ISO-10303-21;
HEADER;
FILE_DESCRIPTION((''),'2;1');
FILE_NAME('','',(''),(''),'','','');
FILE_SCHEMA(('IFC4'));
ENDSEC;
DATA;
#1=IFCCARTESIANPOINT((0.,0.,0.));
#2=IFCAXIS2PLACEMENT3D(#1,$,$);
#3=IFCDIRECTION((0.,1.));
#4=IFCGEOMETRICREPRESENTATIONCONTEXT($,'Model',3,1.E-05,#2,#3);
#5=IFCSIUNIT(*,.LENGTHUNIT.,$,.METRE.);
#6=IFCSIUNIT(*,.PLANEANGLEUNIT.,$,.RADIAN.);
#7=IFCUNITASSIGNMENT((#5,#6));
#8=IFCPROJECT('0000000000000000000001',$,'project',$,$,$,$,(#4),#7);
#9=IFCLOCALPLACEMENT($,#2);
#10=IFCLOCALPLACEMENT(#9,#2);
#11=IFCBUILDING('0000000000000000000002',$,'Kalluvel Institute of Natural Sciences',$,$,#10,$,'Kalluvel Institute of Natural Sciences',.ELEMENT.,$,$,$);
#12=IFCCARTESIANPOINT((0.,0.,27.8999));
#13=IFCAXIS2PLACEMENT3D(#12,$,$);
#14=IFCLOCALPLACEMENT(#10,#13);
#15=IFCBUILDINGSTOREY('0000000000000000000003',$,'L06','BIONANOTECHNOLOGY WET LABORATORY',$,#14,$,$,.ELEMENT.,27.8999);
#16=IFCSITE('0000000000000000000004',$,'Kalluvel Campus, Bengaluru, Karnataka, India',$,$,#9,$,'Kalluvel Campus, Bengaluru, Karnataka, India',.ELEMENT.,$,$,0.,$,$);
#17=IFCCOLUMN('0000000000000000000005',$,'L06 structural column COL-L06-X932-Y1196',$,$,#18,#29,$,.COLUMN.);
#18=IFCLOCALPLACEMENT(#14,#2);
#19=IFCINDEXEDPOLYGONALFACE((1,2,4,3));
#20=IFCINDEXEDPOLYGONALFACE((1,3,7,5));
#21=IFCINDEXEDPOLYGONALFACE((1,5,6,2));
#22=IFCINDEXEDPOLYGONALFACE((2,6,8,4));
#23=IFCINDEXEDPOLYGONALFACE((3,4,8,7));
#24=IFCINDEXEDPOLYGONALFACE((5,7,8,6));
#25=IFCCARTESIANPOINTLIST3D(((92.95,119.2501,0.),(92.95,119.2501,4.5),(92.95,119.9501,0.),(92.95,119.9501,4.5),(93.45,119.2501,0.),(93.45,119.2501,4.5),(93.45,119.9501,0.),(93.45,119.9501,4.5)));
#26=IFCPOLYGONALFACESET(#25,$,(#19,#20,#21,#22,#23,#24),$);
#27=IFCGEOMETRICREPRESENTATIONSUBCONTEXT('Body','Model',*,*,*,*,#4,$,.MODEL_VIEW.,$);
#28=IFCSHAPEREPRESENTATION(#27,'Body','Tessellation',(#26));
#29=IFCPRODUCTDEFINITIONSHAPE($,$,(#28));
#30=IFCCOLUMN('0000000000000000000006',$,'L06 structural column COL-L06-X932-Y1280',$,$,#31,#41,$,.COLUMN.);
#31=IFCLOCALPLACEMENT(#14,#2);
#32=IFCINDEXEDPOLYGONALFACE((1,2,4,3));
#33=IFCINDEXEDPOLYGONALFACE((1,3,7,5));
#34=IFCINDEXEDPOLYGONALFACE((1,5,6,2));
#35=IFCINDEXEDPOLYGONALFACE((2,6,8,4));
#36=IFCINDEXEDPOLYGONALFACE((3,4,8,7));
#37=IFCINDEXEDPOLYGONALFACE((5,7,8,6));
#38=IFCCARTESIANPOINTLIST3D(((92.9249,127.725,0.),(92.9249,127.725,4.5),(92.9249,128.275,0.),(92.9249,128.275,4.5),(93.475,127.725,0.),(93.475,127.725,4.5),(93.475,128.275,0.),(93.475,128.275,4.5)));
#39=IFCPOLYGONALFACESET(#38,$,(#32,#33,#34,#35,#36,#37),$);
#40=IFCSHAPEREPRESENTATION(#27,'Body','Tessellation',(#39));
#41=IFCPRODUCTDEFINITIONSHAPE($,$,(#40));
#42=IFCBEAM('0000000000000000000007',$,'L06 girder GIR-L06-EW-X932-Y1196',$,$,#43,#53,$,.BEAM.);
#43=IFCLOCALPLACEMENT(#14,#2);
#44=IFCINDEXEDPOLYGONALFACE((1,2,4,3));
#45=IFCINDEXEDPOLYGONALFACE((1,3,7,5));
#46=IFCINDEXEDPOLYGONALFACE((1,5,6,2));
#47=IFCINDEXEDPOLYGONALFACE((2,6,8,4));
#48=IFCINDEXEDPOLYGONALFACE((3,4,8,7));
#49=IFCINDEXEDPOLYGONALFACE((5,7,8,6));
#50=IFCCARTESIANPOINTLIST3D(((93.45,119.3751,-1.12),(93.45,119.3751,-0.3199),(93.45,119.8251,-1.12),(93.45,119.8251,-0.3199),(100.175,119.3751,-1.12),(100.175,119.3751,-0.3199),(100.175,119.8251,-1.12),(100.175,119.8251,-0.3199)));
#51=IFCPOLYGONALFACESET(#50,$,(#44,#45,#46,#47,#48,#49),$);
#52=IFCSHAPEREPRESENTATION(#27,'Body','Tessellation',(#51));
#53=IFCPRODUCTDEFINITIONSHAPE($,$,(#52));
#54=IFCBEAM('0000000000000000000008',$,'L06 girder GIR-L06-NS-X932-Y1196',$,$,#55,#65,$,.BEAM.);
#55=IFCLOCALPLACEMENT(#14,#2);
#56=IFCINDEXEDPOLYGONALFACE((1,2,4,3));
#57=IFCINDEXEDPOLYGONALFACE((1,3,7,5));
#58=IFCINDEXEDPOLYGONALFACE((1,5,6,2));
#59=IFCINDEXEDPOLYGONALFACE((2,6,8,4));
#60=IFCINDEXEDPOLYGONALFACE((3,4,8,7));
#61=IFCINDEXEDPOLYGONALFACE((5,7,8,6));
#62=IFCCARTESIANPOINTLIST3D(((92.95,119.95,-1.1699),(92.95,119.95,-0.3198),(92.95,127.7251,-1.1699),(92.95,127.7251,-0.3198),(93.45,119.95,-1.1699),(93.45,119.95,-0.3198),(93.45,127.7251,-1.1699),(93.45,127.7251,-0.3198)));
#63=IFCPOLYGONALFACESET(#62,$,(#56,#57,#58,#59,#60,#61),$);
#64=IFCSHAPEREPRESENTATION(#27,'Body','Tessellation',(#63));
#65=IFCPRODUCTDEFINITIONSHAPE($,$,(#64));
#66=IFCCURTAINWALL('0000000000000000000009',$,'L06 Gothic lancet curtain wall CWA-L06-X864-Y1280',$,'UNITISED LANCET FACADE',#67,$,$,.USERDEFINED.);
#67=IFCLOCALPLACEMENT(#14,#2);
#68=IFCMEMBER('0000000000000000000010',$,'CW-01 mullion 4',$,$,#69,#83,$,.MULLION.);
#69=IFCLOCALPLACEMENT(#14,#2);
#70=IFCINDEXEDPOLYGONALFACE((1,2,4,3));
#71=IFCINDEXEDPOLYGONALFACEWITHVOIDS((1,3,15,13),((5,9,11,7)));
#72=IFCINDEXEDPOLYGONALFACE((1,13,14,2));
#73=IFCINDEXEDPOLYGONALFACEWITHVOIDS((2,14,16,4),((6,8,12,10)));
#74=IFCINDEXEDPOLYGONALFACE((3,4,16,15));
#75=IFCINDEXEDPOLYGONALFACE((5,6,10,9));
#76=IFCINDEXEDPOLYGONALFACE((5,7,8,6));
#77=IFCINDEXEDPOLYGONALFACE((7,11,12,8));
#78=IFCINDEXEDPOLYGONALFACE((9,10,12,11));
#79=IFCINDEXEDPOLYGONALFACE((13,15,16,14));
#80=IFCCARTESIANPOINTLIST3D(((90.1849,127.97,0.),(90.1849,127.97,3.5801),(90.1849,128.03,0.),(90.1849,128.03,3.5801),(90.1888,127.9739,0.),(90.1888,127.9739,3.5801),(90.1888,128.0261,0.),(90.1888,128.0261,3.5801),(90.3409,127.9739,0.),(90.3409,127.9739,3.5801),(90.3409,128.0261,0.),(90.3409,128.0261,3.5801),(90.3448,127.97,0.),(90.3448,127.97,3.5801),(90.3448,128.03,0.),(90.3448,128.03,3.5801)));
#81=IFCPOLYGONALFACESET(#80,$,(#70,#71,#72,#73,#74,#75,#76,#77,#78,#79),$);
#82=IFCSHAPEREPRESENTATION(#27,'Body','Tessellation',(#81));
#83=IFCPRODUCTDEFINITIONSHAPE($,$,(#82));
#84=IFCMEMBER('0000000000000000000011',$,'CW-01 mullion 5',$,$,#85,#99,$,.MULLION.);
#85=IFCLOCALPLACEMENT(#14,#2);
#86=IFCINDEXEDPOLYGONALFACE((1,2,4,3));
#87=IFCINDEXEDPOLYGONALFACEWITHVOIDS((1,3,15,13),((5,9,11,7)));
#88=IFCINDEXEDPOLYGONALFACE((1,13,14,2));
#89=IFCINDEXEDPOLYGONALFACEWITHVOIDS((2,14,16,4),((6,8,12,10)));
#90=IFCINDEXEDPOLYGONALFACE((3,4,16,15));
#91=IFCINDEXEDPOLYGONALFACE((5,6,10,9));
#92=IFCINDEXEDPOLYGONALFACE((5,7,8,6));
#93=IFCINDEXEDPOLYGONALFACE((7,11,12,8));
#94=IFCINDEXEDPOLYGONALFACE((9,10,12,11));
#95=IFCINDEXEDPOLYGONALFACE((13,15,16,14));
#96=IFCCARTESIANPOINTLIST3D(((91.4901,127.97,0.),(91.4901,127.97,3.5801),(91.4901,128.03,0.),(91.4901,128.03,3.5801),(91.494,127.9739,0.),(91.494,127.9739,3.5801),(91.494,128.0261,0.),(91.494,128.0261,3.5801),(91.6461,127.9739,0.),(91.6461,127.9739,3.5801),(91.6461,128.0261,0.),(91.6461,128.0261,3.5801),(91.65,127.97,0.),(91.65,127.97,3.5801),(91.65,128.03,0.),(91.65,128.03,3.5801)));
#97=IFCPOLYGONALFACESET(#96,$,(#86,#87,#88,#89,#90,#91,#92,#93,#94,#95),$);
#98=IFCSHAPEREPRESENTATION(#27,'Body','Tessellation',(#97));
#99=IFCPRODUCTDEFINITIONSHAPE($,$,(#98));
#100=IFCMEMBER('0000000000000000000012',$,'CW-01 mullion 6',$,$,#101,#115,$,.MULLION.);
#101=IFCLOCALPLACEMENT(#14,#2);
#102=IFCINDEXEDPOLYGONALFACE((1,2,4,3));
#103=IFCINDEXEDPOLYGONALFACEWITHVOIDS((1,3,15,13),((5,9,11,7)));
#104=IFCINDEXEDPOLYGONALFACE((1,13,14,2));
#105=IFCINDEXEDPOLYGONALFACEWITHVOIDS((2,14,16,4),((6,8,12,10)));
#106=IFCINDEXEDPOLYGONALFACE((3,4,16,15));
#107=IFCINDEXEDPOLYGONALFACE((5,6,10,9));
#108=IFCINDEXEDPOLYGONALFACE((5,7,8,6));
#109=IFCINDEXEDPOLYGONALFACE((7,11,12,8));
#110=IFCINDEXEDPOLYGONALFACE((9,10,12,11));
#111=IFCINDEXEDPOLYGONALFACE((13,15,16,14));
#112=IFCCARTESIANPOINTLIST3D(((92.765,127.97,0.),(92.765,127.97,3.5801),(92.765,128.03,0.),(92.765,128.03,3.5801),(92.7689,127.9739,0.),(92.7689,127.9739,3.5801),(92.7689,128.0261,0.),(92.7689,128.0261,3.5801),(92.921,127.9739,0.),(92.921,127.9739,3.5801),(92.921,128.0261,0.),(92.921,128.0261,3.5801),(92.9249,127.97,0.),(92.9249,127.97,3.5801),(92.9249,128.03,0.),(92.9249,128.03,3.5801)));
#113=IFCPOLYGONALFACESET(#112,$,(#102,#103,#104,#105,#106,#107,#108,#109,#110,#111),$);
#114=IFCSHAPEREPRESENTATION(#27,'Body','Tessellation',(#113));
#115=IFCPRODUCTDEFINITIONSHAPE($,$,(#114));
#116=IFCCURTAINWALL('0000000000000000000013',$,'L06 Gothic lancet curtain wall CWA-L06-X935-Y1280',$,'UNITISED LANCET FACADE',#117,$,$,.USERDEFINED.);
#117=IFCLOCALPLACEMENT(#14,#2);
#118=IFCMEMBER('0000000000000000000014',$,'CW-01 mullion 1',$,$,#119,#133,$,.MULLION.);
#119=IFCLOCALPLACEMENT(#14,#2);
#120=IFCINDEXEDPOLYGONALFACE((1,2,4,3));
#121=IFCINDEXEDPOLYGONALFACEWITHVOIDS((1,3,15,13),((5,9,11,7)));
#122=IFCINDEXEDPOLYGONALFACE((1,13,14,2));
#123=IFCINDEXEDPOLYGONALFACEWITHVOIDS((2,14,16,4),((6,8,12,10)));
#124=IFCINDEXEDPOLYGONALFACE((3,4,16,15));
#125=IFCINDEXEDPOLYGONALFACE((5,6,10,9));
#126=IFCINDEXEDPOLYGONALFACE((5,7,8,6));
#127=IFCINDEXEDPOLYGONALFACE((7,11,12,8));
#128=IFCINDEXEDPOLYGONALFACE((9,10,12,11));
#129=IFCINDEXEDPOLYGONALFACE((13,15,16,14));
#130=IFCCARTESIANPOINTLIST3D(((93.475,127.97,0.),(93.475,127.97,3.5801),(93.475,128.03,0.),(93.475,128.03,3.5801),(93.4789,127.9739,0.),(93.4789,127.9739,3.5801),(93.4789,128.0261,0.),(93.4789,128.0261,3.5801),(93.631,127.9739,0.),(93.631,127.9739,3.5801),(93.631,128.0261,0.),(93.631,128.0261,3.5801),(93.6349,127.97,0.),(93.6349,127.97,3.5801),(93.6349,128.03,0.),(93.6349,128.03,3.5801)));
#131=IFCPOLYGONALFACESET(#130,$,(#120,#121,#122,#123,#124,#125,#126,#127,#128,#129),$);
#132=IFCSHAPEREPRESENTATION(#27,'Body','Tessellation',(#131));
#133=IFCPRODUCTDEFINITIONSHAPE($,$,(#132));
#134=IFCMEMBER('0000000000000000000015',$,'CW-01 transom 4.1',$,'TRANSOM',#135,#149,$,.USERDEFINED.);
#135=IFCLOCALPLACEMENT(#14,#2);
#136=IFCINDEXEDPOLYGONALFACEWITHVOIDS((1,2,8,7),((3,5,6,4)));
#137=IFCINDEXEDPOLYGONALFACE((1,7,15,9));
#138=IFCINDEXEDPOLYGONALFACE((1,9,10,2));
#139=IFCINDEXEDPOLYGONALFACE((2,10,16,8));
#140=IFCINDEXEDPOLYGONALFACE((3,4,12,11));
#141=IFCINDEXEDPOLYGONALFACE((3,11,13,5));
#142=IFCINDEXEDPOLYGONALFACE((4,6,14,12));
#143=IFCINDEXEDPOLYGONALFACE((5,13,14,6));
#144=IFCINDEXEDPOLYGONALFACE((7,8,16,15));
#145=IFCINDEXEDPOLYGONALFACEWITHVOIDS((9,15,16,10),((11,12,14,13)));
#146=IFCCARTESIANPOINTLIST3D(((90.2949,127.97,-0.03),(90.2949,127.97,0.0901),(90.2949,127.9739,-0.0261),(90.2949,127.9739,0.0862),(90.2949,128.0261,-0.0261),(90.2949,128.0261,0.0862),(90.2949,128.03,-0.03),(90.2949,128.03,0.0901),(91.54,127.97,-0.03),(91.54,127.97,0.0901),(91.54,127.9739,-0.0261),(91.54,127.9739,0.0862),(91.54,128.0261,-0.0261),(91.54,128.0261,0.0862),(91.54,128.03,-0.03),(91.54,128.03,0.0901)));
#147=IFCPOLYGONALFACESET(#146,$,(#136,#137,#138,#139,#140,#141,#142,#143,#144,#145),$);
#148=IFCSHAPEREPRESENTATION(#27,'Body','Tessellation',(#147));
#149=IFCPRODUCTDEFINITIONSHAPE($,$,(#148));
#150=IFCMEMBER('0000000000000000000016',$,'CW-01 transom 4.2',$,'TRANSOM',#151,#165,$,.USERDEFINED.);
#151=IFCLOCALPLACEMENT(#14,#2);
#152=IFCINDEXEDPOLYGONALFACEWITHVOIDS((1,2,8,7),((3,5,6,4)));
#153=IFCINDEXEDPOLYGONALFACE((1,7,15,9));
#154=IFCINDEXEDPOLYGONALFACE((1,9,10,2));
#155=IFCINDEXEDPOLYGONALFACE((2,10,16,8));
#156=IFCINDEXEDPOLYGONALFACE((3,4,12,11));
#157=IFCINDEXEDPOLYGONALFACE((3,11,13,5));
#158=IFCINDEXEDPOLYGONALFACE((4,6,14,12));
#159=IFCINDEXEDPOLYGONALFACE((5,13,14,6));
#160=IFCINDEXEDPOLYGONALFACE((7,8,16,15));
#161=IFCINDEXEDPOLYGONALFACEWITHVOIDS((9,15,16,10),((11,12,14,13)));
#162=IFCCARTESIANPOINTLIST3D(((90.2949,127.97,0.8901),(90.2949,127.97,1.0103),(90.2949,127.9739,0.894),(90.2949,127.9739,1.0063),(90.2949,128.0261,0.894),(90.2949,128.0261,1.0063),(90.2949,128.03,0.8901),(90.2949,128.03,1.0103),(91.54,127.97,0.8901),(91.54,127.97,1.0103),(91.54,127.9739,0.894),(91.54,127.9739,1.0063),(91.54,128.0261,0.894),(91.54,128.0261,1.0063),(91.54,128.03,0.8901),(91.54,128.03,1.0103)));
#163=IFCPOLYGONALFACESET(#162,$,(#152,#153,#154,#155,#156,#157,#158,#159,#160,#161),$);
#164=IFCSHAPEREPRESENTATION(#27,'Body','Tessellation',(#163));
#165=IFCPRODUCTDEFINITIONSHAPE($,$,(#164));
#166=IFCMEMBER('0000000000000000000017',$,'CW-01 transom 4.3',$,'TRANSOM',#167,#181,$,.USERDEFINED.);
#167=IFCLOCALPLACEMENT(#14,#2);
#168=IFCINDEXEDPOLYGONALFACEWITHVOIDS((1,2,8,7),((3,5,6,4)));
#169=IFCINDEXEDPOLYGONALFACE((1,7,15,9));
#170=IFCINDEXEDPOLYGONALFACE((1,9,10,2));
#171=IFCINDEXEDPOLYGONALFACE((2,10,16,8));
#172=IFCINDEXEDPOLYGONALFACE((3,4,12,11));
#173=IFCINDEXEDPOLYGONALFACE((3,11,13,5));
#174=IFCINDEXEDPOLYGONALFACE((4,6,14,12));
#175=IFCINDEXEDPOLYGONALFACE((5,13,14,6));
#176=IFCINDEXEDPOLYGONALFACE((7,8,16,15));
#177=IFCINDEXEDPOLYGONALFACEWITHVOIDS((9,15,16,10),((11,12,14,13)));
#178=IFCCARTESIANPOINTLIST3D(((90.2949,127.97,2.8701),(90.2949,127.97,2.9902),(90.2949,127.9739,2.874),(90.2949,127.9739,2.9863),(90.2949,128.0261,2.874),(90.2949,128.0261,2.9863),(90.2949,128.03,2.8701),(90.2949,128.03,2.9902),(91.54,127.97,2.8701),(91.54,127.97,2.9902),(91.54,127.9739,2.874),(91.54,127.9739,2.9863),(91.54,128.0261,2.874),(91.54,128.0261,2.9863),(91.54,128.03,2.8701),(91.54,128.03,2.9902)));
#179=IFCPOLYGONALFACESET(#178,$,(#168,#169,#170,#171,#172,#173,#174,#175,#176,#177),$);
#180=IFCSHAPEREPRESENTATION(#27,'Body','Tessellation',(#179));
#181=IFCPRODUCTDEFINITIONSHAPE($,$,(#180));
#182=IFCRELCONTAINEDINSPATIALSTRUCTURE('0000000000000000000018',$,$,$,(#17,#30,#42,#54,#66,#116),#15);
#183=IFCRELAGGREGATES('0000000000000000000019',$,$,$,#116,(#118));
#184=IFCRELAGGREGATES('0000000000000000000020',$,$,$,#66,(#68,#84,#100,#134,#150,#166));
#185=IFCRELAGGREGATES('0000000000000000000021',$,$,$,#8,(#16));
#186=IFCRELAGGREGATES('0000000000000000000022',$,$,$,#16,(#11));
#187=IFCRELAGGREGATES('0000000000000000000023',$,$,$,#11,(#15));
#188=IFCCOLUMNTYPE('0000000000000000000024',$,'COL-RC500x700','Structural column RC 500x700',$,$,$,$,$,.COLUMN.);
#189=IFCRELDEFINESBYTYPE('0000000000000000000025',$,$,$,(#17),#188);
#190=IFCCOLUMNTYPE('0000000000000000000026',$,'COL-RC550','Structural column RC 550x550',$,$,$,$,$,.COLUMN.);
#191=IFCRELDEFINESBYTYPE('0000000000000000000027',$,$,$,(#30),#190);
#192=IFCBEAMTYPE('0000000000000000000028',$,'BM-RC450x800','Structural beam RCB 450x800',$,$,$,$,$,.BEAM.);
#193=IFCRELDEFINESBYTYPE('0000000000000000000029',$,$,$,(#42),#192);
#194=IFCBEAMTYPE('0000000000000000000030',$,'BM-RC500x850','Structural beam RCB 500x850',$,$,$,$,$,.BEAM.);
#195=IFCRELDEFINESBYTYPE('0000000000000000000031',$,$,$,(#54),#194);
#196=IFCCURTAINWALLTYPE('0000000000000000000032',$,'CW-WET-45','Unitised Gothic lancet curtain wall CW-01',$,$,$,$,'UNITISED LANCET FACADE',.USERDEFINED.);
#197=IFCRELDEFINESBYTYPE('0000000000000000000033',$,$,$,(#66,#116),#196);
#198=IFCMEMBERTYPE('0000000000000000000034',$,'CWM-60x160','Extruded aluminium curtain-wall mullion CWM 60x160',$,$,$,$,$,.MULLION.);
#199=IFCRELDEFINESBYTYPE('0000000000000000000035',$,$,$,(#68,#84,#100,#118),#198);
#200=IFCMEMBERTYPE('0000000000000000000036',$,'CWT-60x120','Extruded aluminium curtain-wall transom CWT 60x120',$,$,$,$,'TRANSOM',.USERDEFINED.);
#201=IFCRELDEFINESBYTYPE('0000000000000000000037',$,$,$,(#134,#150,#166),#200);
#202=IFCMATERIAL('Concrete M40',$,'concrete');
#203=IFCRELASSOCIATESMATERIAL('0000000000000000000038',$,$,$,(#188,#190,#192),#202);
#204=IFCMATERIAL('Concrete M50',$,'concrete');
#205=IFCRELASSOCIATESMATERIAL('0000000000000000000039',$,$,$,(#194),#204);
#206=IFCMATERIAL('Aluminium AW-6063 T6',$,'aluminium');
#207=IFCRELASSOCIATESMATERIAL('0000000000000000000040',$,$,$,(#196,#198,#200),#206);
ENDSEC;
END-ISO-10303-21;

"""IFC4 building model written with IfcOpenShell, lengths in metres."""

from ifc_helpers import new_model, si_unit, direction, frame, origin, origin_2d, place, context, subcontext, project, spatial, rectangle, hollow_rectangle, extrude, material, material_profile, profile_set, type_object, element, aggregate, save


model = new_model("IFC4")

# Units and contexts
model_context = context("Model", 3, precision=1e-05, world=origin(), true_north=direction((0.0, 1.0)))
body_context = subcontext(model_context, "Body", "Model", "MODEL_VIEW")
ifc_project = project(units=[si_unit("LENGTHUNIT", "METRE"), si_unit("PLANEANGLEUNIT", "RADIAN")], contexts=[model_context])

# Site, building, storey
site_placement = place(None, origin())
site = spatial("IfcSite", under=ifc_project, at=site_placement, Name="Kalluvel Campus, Bengaluru, Karnataka, India", LongName="Kalluvel Campus, Bengaluru, Karnataka, India", CompositionType="ELEMENT", RefElevation=0.0)
building_placement = place(site_placement, origin())
building = spatial("IfcBuilding", under=site, at=building_placement, Name="Kalluvel Institute of Natural Sciences", LongName="Kalluvel Institute of Natural Sciences", CompositionType="ELEMENT")
storey_placement = place(building_placement, frame((0.0, 0.0, 27.8999)))
storey = spatial("IfcBuildingStorey", under=building, at=storey_placement, Name="L06", Description="BIONANOTECHNOLOGY WET LABORATORY", CompositionType="ELEMENT", Elevation=27.8999)

# Columns
ifc_material_1 = material(Name="Concrete M40", Category="concrete")
ifc_material_profile_1 = material_profile(ifc_material_1, rectangle(XDim=0.5, YDim=0.7, at=origin_2d()), Name="RC 500x700")
ifc_profile_set_1 = profile_set([ifc_material_profile_1], Name="Concrete M40")
column_type_1 = type_object("IfcColumnType", Name="COL-RC500x700", Description="Structural column RC 500x700", PredefinedType="COLUMN", material=ifc_profile_set_1)
column_1_placement = place(storey_placement, frame((93.2, 119.6001, 0.0), z_axis=(0.0, 0.0, 1.0), x_axis=(1.0, 0.0, 0.0)))
element("IfcColumn", 1, at=column_1_placement, inside=storey, type_object=column_type_1, Name="L06 structural column COL-L06-X932-Y1196", PredefinedType="COLUMN", context=body_context, shape_type="SweptSolid", body=[
    extrude(rectangle(XDim=0.5, YDim=0.7, at=origin_2d()), origin(), (0.0, 0.0, 1.0), 4.5),
])
ifc_material_profile_2 = material_profile(ifc_material_1, rectangle(XDim=0.55, YDim=0.55, at=origin_2d()), Name="RC 550x550")
ifc_profile_set_2 = profile_set([ifc_material_profile_2], Name="Concrete M40")
column_type_2 = type_object("IfcColumnType", Name="COL-RC550", Description="Structural column RC 550x550", PredefinedType="COLUMN", material=ifc_profile_set_2)
column_2_placement = place(storey_placement, frame((93.2, 128.0, 0.0), z_axis=(0.0, 0.0, 1.0), x_axis=(1.0, 0.0, 0.0)))
element("IfcColumn", 2, at=column_2_placement, inside=storey, type_object=column_type_2, Name="L06 structural column COL-L06-X932-Y1280", PredefinedType="COLUMN", context=body_context, shape_type="SweptSolid", body=[
    extrude(rectangle(XDim=0.55, YDim=0.55, at=origin_2d()), origin(), (0.0, 0.0, 1.0), 4.5),
])

# Beams
ifc_material_profile_3 = material_profile(ifc_material_1, rectangle(XDim=0.45, YDim=0.8, at=origin_2d()), Name="RCB 450x800")
ifc_profile_set_3 = profile_set([ifc_material_profile_3], Name="Concrete M40")
beam_type_1 = type_object("IfcBeamType", Name="BM-RC450x800", Description="Structural beam RCB 450x800", PredefinedType="BEAM", material=ifc_profile_set_3)
beam_1_placement = place(storey_placement, frame((93.45, 119.6001, -0.72), z_axis=(1.0, 0.0, 0.0), x_axis=(0.0, 1.0, 0.0)))
element("IfcBeam", 3, at=beam_1_placement, inside=storey, type_object=beam_type_1, Name="L06 girder GIR-L06-EW-X932-Y1196", PredefinedType="BEAM", context=body_context, shape_type="SweptSolid", body=[
    extrude(rectangle(XDim=0.45, YDim=0.8, at=origin_2d()), origin(), (0.0, 0.0, 1.0), 6.7251),
])
ifc_material_2 = material(Name="Concrete M50", Category="concrete")
ifc_material_profile_4 = material_profile(ifc_material_2, rectangle(XDim=0.5, YDim=0.8501, at=origin_2d()), Name="RCB 500x850")
ifc_profile_set_4 = profile_set([ifc_material_profile_4], Name="Concrete M50")
beam_type_2 = type_object("IfcBeamType", Name="BM-RC500x850", Description="Structural beam RCB 500x850", PredefinedType="BEAM", material=ifc_profile_set_4)
beam_2_placement = place(storey_placement, frame((93.2, 119.95, -0.7449), z_axis=(0.0, 1.0, 0.0), x_axis=(-1.0, 0.0, 0.0)))
element("IfcBeam", 4, at=beam_2_placement, inside=storey, type_object=beam_type_2, Name="L06 girder GIR-L06-NS-X932-Y1196", PredefinedType="BEAM", context=body_context, shape_type="SweptSolid", body=[
    extrude(rectangle(XDim=0.5, YDim=0.8501, at=origin_2d()), origin(), (0.0, 0.0, 1.0), 7.7751),
])

# Curtain wall, members
ifc_material_3 = material(Name="Aluminium AW-6063 T6", Category="aluminium")
curtain_wall_type = type_object("IfcCurtainWallType", Name="CW-WET-45", Description="Unitised Gothic lancet curtain wall CW-01", ElementType="UNITISED LANCET FACADE", PredefinedType="USERDEFINED", material=ifc_material_3)
curtain_wall_1_placement = place(storey_placement, origin())
curtain_wall_1 = element("IfcCurtainWall", 5, at=curtain_wall_1_placement, inside=storey, type_object=curtain_wall_type, Name="L06 Gothic lancet curtain wall CWA-L06-X864-Y1280", ObjectType="UNITISED LANCET FACADE", PredefinedType="USERDEFINED")
ifc_material_profile_5 = material_profile(ifc_material_3, hollow_rectangle(XDim=0.0601, YDim=0.1599, WallThickness=0.0039, at=origin_2d()), Name="CWM 60x160")
ifc_profile_set_5 = profile_set([ifc_material_profile_5], Name="Aluminium AW-6063 T6")
member_type_1 = type_object("IfcMemberType", Name="CWM-60x160", Description="Extruded aluminium curtain-wall mullion CWM 60x160", PredefinedType="MULLION", material=ifc_profile_set_5)
member_1_placement = place(storey_placement, frame((90.2649, 128.0, 0.0), z_axis=(0.0, 0.0, 1.0), x_axis=(0.0, 1.0, 0.0)))
member_1 = element("IfcMember", 6, at=member_1_placement, type_object=member_type_1, Name="CW-01 mullion 4", PredefinedType="MULLION", context=body_context, shape_type="SweptSolid", body=[
    extrude(hollow_rectangle(XDim=0.0601, YDim=0.1599, WallThickness=0.0039, at=origin_2d()), origin(), (0.0, 0.0, 1.0), 3.5801),
])
member_2_placement = place(storey_placement, frame((91.5701, 128.0, 0.0), z_axis=(0.0, 0.0, 1.0), x_axis=(0.0, 1.0, 0.0)))
member_2 = element("IfcMember", 7, at=member_2_placement, type_object=member_type_1, Name="CW-01 mullion 5", PredefinedType="MULLION", context=body_context, shape_type="SweptSolid", body=[
    extrude(hollow_rectangle(XDim=0.0601, YDim=0.1599, WallThickness=0.0039, at=origin_2d()), origin(), (0.0, 0.0, 1.0), 3.5801),
])
member_3_placement = place(storey_placement, frame((92.845, 128.0, 0.0), z_axis=(0.0, 0.0, 1.0), x_axis=(0.0, 1.0, 0.0)))
member_3 = element("IfcMember", 8, at=member_3_placement, type_object=member_type_1, Name="CW-01 mullion 6", PredefinedType="MULLION", context=body_context, shape_type="SweptSolid", body=[
    extrude(hollow_rectangle(XDim=0.0601, YDim=0.1599, WallThickness=0.0039, at=origin_2d()), origin(), (0.0, 0.0, 1.0), 3.5801),
])

# Curtain wall, member
curtain_wall_2_placement = place(storey_placement, origin())
curtain_wall_2 = element("IfcCurtainWall", 9, at=curtain_wall_2_placement, inside=storey, type_object=curtain_wall_type, Name="L06 Gothic lancet curtain wall CWA-L06-X935-Y1280", ObjectType="UNITISED LANCET FACADE", PredefinedType="USERDEFINED")
member_4_placement = place(storey_placement, frame((93.5549, 128.0, 0.0), z_axis=(0.0, 0.0, 1.0), x_axis=(0.0, 1.0, 0.0)))
member_4 = element("IfcMember", 10, at=member_4_placement, type_object=member_type_1, Name="CW-01 mullion 1", PredefinedType="MULLION", context=body_context, shape_type="SweptSolid", body=[
    extrude(hollow_rectangle(XDim=0.0601, YDim=0.1599, WallThickness=0.0039, at=origin_2d()), origin(), (0.0, 0.0, 1.0), 3.5801),
])

# Members
ifc_material_profile_6 = material_profile(ifc_material_3, hollow_rectangle(XDim=0.0601, YDim=0.1201, WallThickness=0.0039, at=origin_2d()), Name="CWT 60x120")
ifc_profile_set_6 = profile_set([ifc_material_profile_6], Name="Aluminium AW-6063 T6")
member_type_2 = type_object("IfcMemberType", Name="CWT-60x120", Description="Extruded aluminium curtain-wall transom CWT 60x120", ElementType="TRANSOM", PredefinedType="USERDEFINED", material=ifc_profile_set_6)
member_5_placement = place(storey_placement, frame((90.2949, 128.0, 0.03), z_axis=(1.0, 0.0, 0.0), x_axis=(0.0, 1.0, 0.0)))
member_5 = element("IfcMember", 11, at=member_5_placement, type_object=member_type_2, Name="CW-01 transom 4.1", ObjectType="TRANSOM", PredefinedType="USERDEFINED", context=body_context, shape_type="SweptSolid", body=[
    extrude(hollow_rectangle(XDim=0.0601, YDim=0.1201, WallThickness=0.0039, at=origin_2d()), origin(), (0.0, 0.0, 1.0), 1.2451),
])
member_6_placement = place(storey_placement, frame((90.2949, 128.0, 0.9502), z_axis=(1.0, 0.0, 0.0), x_axis=(0.0, 1.0, 0.0)))
member_6 = element("IfcMember", 12, at=member_6_placement, type_object=member_type_2, Name="CW-01 transom 4.2", ObjectType="TRANSOM", PredefinedType="USERDEFINED", context=body_context, shape_type="SweptSolid", body=[
    extrude(hollow_rectangle(XDim=0.0601, YDim=0.1201, WallThickness=0.0039, at=origin_2d()), origin(), (0.0, 0.0, 1.0), 1.2451),
])
member_7_placement = place(storey_placement, frame((90.2949, 128.0, 2.9302), z_axis=(1.0, 0.0, 0.0), x_axis=(0.0, 1.0, 0.0)))
member_7 = element("IfcMember", 13, at=member_7_placement, type_object=member_type_2, Name="CW-01 transom 4.3", ObjectType="TRANSOM", PredefinedType="USERDEFINED", context=body_context, shape_type="SweptSolid", body=[
    extrude(hollow_rectangle(XDim=0.0601, YDim=0.1201, WallThickness=0.0039, at=origin_2d()), origin(), (0.0, 0.0, 1.0), 1.2451),
])
aggregate(curtain_wall_2, [member_4])

aggregate(curtain_wall_1, [member_1, member_2, member_3, member_5, member_6, member_7])

save(model, "model.ifc")
